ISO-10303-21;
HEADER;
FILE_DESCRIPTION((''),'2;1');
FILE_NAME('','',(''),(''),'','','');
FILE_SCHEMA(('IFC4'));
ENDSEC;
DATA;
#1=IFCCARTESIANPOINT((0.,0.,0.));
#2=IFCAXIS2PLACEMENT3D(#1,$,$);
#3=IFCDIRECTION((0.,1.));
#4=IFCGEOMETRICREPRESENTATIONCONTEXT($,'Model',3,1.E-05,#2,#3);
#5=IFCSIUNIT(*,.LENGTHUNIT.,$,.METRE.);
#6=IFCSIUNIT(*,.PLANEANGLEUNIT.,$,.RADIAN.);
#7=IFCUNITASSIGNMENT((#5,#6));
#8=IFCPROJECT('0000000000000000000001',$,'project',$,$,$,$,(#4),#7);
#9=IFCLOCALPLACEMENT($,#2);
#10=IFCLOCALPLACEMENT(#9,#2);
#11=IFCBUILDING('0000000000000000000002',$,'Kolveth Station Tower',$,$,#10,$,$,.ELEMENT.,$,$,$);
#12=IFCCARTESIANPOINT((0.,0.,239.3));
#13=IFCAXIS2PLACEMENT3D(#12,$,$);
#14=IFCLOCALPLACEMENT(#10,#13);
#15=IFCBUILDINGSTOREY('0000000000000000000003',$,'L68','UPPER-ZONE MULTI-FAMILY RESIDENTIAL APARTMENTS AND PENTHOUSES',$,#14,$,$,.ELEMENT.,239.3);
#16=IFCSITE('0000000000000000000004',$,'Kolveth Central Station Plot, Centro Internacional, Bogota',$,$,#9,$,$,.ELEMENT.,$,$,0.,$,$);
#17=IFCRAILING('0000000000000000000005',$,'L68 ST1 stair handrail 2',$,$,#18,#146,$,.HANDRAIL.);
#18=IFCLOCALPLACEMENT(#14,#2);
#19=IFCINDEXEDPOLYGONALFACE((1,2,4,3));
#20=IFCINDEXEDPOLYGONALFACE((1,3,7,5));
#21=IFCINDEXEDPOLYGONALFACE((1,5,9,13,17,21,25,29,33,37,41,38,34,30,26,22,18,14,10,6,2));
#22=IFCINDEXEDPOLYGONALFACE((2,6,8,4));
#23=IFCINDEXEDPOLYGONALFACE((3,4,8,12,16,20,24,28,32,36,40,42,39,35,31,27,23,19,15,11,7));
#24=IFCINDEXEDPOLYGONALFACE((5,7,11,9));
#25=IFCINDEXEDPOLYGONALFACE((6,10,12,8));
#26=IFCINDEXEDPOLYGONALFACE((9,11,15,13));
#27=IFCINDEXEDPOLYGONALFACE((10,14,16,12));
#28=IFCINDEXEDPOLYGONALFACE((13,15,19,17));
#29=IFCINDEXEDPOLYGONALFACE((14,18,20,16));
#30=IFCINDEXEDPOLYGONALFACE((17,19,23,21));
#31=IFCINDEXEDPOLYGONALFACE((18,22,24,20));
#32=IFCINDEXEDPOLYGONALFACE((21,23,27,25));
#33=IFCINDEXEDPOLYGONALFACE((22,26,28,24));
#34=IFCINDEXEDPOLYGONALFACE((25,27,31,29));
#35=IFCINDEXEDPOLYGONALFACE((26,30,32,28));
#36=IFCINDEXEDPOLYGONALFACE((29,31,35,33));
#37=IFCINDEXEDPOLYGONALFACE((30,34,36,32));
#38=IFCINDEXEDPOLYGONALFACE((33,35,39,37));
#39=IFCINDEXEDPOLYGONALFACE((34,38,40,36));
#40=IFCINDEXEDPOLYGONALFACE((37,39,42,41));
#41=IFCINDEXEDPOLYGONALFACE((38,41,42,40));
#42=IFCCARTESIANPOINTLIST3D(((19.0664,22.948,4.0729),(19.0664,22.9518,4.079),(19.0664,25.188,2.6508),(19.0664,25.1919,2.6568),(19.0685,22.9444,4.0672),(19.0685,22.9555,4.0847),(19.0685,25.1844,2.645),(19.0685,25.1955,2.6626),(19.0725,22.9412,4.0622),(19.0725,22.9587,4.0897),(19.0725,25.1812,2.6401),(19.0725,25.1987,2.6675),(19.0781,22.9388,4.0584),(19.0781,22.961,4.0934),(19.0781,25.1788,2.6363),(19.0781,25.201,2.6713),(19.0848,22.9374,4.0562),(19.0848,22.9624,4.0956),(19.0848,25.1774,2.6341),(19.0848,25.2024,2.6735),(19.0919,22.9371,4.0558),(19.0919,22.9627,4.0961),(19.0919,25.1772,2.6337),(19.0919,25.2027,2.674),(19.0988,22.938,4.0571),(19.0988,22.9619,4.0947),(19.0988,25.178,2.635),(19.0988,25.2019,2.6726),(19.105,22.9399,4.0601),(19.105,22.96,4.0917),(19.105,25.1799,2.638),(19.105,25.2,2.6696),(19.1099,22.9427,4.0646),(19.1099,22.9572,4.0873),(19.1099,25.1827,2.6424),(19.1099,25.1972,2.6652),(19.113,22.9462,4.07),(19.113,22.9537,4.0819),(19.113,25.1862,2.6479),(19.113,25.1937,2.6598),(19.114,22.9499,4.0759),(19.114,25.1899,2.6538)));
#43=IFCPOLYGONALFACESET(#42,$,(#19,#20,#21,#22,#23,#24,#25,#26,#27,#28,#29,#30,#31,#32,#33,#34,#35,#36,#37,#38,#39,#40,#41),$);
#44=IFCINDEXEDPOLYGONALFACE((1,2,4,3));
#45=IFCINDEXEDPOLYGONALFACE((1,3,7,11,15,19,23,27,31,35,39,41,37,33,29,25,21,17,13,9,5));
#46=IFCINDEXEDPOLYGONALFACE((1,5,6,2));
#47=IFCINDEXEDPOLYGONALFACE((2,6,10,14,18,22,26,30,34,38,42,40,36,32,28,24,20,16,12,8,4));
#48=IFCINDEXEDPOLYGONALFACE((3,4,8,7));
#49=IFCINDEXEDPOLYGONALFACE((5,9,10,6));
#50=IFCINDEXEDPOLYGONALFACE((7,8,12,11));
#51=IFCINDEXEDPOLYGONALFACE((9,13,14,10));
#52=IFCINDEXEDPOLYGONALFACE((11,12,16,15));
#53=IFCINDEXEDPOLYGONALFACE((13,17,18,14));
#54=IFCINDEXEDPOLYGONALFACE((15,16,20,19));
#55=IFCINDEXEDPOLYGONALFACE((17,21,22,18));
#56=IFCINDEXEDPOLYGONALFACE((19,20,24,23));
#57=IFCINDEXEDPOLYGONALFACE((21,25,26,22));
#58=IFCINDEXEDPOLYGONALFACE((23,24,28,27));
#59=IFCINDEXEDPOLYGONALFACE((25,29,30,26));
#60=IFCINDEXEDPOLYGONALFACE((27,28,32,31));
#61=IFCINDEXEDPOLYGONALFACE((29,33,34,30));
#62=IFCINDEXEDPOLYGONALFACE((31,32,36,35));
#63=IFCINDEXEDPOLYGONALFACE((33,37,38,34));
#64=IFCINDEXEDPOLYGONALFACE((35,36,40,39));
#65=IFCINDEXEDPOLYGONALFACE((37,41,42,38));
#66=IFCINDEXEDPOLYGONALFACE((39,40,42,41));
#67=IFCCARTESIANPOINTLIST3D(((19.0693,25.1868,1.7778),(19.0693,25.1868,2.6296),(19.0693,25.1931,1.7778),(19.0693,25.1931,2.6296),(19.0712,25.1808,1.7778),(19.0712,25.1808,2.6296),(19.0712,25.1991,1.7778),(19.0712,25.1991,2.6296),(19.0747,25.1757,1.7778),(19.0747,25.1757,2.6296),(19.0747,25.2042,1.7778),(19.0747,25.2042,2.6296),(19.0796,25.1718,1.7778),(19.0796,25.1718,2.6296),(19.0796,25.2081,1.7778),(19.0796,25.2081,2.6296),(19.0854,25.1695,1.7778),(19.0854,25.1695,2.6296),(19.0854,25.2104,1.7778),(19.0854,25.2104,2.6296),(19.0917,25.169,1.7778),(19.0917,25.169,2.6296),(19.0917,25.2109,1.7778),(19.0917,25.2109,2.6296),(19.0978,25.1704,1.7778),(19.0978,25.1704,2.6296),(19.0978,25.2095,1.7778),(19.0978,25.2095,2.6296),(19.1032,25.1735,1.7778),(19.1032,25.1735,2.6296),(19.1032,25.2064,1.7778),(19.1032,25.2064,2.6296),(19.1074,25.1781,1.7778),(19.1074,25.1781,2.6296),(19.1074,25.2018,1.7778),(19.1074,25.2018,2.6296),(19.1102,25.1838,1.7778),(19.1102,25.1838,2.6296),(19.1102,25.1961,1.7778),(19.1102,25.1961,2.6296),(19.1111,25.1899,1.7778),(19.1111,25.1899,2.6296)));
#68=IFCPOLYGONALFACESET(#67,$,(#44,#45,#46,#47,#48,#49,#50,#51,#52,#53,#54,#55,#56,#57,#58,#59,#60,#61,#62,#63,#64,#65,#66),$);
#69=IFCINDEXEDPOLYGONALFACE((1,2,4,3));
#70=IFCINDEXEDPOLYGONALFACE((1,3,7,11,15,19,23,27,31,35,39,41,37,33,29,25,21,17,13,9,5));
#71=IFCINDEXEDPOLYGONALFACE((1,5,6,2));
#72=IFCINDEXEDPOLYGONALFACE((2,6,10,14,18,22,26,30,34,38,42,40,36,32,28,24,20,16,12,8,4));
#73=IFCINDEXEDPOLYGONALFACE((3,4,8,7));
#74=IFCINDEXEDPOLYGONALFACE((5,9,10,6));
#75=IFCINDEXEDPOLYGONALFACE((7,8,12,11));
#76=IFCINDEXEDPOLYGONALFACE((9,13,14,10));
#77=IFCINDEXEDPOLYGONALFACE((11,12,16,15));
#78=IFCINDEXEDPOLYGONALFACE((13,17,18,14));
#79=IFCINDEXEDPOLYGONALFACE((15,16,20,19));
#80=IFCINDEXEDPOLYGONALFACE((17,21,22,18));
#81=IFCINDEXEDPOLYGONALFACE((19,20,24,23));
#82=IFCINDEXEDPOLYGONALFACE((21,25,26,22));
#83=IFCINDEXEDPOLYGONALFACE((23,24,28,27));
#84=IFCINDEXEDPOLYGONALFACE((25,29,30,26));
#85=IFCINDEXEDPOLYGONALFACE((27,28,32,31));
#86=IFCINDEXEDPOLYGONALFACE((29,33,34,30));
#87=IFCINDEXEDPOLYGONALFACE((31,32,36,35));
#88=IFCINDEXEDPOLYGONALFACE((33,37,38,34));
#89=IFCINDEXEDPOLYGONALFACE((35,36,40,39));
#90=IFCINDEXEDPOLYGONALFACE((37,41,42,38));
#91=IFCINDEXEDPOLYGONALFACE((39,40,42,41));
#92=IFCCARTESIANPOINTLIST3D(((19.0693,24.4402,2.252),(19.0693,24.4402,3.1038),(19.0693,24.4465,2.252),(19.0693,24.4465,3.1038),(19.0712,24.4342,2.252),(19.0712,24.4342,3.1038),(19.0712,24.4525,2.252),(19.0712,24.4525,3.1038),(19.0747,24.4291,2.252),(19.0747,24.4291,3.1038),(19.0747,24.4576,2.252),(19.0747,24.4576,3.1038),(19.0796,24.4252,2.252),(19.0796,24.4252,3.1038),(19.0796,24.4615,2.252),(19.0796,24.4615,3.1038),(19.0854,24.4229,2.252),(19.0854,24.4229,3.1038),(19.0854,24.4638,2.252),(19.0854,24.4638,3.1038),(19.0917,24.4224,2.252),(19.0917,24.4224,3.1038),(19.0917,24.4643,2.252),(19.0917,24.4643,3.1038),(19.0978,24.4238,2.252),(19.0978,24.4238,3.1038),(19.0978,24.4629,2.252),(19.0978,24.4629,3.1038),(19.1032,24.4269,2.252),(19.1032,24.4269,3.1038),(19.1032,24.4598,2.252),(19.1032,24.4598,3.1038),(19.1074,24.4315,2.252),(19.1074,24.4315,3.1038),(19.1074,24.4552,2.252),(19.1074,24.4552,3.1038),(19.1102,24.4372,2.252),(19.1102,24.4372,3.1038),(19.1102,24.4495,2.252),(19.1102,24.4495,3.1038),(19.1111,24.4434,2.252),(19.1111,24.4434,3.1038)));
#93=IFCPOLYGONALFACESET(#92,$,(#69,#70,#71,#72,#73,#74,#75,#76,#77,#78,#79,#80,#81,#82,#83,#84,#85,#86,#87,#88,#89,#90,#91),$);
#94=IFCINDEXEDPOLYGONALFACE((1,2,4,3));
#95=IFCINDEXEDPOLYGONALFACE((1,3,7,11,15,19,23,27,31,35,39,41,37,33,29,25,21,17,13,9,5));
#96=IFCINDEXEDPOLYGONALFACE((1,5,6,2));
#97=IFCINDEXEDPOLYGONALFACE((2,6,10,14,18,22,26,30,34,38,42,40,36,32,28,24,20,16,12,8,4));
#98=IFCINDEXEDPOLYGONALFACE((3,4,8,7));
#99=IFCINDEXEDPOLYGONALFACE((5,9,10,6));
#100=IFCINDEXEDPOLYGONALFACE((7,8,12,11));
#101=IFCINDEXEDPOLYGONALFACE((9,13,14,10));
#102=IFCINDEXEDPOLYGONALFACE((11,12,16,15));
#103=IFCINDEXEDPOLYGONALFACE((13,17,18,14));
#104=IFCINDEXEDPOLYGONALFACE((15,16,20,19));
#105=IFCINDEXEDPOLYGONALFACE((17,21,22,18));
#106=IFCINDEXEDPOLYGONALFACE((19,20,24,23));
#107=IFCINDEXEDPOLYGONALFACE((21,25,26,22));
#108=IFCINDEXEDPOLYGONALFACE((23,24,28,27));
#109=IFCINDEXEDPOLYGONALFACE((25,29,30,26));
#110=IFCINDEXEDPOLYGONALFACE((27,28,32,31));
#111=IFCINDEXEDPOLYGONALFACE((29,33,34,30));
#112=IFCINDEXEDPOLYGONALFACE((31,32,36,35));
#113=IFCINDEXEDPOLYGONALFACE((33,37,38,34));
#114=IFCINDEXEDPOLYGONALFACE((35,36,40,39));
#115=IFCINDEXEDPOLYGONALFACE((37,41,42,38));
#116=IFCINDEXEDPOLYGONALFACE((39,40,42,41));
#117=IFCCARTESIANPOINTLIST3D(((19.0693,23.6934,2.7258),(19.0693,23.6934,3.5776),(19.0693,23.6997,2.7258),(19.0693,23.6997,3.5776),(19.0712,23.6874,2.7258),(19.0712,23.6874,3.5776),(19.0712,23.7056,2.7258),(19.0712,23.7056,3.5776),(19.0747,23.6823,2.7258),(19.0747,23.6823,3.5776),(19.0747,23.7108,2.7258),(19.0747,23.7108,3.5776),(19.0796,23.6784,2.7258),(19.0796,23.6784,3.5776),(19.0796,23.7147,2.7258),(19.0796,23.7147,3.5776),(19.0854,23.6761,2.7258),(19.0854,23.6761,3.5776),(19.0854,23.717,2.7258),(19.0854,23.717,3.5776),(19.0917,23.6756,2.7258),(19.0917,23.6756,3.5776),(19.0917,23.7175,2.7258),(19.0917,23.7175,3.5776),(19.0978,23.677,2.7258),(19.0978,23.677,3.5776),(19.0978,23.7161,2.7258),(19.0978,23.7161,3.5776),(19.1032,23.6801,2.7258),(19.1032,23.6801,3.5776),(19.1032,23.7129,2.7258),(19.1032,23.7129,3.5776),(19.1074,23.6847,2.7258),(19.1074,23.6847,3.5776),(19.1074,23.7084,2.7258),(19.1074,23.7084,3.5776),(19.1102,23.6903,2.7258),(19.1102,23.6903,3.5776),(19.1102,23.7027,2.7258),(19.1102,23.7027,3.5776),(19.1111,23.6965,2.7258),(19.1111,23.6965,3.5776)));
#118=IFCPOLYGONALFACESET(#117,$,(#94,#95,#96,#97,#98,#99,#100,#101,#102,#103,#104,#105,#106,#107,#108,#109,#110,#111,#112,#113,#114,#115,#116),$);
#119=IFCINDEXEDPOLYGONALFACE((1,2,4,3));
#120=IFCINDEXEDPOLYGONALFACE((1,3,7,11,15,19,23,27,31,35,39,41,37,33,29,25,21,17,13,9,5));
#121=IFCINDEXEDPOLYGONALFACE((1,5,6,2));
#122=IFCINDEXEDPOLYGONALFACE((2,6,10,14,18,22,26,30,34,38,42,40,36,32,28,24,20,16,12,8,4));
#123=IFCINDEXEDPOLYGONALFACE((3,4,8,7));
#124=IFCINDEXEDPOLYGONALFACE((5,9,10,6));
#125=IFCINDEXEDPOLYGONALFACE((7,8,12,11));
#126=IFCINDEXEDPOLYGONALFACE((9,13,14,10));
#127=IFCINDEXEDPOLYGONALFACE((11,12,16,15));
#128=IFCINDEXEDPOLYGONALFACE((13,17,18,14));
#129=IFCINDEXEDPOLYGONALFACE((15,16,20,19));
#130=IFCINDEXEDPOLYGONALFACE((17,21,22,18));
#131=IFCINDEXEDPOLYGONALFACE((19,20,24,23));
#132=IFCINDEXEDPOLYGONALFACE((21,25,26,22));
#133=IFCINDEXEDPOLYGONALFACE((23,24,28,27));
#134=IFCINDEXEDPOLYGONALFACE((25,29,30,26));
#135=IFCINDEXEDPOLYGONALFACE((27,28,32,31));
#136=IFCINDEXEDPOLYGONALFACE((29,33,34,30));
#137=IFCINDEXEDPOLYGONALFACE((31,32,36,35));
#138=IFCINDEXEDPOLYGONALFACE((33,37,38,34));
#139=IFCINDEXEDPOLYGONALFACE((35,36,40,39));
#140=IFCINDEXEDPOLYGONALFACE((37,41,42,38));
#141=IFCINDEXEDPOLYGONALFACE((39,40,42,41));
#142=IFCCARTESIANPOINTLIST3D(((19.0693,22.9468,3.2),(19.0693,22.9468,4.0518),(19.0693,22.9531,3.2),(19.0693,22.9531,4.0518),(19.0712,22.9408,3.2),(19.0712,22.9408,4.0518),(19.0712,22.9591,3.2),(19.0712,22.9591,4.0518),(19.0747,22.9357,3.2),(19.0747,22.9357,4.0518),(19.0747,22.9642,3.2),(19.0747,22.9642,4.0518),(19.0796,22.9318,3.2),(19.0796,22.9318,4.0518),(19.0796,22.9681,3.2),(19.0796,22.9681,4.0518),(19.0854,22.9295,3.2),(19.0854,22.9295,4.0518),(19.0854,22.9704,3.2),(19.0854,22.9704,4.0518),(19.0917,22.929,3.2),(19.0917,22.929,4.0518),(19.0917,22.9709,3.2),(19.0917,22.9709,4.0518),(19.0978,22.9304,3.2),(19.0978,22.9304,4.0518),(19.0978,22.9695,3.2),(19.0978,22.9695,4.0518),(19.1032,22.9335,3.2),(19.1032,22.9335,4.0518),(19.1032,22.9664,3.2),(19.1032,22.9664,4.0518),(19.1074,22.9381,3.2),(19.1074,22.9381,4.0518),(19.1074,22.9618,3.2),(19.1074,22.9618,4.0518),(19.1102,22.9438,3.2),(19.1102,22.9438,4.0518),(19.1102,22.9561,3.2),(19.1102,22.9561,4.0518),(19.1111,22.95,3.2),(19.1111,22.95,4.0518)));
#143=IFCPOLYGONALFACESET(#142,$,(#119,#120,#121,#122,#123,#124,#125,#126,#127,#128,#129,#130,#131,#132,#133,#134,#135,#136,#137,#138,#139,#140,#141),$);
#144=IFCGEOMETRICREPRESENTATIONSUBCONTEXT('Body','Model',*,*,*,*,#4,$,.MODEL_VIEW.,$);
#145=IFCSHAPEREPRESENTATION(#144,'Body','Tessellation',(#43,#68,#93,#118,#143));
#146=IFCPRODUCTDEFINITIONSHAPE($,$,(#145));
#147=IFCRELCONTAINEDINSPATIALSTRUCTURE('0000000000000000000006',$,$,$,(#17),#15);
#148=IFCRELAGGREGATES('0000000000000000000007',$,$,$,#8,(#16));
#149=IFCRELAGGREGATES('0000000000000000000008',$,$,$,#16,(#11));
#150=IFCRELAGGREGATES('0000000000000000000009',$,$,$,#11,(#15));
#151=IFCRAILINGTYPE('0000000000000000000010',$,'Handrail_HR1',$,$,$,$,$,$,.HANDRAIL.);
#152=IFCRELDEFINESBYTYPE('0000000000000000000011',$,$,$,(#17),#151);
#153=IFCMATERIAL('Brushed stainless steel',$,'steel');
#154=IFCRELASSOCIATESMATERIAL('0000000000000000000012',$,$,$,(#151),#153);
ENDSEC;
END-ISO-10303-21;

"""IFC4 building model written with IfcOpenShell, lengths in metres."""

from ifc_helpers import new_model, si_unit, direction, frame, origin, origin_2d, place, context, subcontext, project, spatial, circle, extrude, material, type_object, element, save


model = new_model("IFC4")

# Units and contexts
model_context = context("Model", 3, precision=1e-05, world=origin(), true_north=direction((0.0, 1.0)))
body_context = subcontext(model_context, "Body", "Model", "MODEL_VIEW")
ifc_project = project(units=[si_unit("LENGTHUNIT", "METRE"), si_unit("PLANEANGLEUNIT", "RADIAN")], contexts=[model_context])

# Site, building, storey
site_placement = place(None, origin())
site = spatial("IfcSite", under=ifc_project, at=site_placement, Name="Kolveth Central Station Plot, Centro Internacional, Bogota", CompositionType="ELEMENT", RefElevation=0.0)
building_placement = place(site_placement, origin())
building = spatial("IfcBuilding", under=site, at=building_placement, Name="Kolveth Station Tower", CompositionType="ELEMENT")
storey_placement = place(building_placement, frame((0.0, 0.0, 239.3)))
storey = spatial("IfcBuildingStorey", under=building, at=storey_placement, Name="L68", Description="UPPER-ZONE MULTI-FAMILY RESIDENTIAL APARTMENTS AND PENTHOUSES", CompositionType="ELEMENT", Elevation=239.3)

# Railing
ifc_material_1 = material(Name="Brushed stainless steel", Category="steel")
railing_type_1 = type_object("IfcRailingType", Name="Handrail_HR1", PredefinedType="HANDRAIL", material=ifc_material_1)
railing_1_placement = place(storey_placement, frame((19.0901, 25.1899, 1.7778)))
element("IfcRailing", 1, at=railing_1_placement, inside=storey, type_object=railing_type_1, Name="L68 ST1 stair handrail 2", PredefinedType="HANDRAIL", context=body_context, shape_type="SweptSolid", body=[
    extrude(circle(Radius=0.0239, at=origin_2d()), frame((0.0, 0.0, 0.876), z_axis=(0.0, -0.844229, 0.535982), x_axis=(1.0, 0.0, 0.0)), (0.0, 0.0, 1.0), 2.6533),
    extrude(circle(Radius=0.021, at=origin_2d()), origin(), (0.0, 0.0, 1.0), 0.8518),
    extrude(circle(Radius=0.021, at=origin_2d()), frame((0.0, -0.7466, 0.4741)), (0.0, 0.0, 1.0), 0.8518),
    extrude(circle(Radius=0.021, at=origin_2d()), frame((0.0, -1.4934, 0.948)), (0.0, 0.0, 1.0), 0.8518),
    extrude(circle(Radius=0.021, at=origin_2d()), frame((0.0, -2.24, 1.4221)), (0.0, 0.0, 1.0), 0.8518),
])

save(model, "model.ifc")
